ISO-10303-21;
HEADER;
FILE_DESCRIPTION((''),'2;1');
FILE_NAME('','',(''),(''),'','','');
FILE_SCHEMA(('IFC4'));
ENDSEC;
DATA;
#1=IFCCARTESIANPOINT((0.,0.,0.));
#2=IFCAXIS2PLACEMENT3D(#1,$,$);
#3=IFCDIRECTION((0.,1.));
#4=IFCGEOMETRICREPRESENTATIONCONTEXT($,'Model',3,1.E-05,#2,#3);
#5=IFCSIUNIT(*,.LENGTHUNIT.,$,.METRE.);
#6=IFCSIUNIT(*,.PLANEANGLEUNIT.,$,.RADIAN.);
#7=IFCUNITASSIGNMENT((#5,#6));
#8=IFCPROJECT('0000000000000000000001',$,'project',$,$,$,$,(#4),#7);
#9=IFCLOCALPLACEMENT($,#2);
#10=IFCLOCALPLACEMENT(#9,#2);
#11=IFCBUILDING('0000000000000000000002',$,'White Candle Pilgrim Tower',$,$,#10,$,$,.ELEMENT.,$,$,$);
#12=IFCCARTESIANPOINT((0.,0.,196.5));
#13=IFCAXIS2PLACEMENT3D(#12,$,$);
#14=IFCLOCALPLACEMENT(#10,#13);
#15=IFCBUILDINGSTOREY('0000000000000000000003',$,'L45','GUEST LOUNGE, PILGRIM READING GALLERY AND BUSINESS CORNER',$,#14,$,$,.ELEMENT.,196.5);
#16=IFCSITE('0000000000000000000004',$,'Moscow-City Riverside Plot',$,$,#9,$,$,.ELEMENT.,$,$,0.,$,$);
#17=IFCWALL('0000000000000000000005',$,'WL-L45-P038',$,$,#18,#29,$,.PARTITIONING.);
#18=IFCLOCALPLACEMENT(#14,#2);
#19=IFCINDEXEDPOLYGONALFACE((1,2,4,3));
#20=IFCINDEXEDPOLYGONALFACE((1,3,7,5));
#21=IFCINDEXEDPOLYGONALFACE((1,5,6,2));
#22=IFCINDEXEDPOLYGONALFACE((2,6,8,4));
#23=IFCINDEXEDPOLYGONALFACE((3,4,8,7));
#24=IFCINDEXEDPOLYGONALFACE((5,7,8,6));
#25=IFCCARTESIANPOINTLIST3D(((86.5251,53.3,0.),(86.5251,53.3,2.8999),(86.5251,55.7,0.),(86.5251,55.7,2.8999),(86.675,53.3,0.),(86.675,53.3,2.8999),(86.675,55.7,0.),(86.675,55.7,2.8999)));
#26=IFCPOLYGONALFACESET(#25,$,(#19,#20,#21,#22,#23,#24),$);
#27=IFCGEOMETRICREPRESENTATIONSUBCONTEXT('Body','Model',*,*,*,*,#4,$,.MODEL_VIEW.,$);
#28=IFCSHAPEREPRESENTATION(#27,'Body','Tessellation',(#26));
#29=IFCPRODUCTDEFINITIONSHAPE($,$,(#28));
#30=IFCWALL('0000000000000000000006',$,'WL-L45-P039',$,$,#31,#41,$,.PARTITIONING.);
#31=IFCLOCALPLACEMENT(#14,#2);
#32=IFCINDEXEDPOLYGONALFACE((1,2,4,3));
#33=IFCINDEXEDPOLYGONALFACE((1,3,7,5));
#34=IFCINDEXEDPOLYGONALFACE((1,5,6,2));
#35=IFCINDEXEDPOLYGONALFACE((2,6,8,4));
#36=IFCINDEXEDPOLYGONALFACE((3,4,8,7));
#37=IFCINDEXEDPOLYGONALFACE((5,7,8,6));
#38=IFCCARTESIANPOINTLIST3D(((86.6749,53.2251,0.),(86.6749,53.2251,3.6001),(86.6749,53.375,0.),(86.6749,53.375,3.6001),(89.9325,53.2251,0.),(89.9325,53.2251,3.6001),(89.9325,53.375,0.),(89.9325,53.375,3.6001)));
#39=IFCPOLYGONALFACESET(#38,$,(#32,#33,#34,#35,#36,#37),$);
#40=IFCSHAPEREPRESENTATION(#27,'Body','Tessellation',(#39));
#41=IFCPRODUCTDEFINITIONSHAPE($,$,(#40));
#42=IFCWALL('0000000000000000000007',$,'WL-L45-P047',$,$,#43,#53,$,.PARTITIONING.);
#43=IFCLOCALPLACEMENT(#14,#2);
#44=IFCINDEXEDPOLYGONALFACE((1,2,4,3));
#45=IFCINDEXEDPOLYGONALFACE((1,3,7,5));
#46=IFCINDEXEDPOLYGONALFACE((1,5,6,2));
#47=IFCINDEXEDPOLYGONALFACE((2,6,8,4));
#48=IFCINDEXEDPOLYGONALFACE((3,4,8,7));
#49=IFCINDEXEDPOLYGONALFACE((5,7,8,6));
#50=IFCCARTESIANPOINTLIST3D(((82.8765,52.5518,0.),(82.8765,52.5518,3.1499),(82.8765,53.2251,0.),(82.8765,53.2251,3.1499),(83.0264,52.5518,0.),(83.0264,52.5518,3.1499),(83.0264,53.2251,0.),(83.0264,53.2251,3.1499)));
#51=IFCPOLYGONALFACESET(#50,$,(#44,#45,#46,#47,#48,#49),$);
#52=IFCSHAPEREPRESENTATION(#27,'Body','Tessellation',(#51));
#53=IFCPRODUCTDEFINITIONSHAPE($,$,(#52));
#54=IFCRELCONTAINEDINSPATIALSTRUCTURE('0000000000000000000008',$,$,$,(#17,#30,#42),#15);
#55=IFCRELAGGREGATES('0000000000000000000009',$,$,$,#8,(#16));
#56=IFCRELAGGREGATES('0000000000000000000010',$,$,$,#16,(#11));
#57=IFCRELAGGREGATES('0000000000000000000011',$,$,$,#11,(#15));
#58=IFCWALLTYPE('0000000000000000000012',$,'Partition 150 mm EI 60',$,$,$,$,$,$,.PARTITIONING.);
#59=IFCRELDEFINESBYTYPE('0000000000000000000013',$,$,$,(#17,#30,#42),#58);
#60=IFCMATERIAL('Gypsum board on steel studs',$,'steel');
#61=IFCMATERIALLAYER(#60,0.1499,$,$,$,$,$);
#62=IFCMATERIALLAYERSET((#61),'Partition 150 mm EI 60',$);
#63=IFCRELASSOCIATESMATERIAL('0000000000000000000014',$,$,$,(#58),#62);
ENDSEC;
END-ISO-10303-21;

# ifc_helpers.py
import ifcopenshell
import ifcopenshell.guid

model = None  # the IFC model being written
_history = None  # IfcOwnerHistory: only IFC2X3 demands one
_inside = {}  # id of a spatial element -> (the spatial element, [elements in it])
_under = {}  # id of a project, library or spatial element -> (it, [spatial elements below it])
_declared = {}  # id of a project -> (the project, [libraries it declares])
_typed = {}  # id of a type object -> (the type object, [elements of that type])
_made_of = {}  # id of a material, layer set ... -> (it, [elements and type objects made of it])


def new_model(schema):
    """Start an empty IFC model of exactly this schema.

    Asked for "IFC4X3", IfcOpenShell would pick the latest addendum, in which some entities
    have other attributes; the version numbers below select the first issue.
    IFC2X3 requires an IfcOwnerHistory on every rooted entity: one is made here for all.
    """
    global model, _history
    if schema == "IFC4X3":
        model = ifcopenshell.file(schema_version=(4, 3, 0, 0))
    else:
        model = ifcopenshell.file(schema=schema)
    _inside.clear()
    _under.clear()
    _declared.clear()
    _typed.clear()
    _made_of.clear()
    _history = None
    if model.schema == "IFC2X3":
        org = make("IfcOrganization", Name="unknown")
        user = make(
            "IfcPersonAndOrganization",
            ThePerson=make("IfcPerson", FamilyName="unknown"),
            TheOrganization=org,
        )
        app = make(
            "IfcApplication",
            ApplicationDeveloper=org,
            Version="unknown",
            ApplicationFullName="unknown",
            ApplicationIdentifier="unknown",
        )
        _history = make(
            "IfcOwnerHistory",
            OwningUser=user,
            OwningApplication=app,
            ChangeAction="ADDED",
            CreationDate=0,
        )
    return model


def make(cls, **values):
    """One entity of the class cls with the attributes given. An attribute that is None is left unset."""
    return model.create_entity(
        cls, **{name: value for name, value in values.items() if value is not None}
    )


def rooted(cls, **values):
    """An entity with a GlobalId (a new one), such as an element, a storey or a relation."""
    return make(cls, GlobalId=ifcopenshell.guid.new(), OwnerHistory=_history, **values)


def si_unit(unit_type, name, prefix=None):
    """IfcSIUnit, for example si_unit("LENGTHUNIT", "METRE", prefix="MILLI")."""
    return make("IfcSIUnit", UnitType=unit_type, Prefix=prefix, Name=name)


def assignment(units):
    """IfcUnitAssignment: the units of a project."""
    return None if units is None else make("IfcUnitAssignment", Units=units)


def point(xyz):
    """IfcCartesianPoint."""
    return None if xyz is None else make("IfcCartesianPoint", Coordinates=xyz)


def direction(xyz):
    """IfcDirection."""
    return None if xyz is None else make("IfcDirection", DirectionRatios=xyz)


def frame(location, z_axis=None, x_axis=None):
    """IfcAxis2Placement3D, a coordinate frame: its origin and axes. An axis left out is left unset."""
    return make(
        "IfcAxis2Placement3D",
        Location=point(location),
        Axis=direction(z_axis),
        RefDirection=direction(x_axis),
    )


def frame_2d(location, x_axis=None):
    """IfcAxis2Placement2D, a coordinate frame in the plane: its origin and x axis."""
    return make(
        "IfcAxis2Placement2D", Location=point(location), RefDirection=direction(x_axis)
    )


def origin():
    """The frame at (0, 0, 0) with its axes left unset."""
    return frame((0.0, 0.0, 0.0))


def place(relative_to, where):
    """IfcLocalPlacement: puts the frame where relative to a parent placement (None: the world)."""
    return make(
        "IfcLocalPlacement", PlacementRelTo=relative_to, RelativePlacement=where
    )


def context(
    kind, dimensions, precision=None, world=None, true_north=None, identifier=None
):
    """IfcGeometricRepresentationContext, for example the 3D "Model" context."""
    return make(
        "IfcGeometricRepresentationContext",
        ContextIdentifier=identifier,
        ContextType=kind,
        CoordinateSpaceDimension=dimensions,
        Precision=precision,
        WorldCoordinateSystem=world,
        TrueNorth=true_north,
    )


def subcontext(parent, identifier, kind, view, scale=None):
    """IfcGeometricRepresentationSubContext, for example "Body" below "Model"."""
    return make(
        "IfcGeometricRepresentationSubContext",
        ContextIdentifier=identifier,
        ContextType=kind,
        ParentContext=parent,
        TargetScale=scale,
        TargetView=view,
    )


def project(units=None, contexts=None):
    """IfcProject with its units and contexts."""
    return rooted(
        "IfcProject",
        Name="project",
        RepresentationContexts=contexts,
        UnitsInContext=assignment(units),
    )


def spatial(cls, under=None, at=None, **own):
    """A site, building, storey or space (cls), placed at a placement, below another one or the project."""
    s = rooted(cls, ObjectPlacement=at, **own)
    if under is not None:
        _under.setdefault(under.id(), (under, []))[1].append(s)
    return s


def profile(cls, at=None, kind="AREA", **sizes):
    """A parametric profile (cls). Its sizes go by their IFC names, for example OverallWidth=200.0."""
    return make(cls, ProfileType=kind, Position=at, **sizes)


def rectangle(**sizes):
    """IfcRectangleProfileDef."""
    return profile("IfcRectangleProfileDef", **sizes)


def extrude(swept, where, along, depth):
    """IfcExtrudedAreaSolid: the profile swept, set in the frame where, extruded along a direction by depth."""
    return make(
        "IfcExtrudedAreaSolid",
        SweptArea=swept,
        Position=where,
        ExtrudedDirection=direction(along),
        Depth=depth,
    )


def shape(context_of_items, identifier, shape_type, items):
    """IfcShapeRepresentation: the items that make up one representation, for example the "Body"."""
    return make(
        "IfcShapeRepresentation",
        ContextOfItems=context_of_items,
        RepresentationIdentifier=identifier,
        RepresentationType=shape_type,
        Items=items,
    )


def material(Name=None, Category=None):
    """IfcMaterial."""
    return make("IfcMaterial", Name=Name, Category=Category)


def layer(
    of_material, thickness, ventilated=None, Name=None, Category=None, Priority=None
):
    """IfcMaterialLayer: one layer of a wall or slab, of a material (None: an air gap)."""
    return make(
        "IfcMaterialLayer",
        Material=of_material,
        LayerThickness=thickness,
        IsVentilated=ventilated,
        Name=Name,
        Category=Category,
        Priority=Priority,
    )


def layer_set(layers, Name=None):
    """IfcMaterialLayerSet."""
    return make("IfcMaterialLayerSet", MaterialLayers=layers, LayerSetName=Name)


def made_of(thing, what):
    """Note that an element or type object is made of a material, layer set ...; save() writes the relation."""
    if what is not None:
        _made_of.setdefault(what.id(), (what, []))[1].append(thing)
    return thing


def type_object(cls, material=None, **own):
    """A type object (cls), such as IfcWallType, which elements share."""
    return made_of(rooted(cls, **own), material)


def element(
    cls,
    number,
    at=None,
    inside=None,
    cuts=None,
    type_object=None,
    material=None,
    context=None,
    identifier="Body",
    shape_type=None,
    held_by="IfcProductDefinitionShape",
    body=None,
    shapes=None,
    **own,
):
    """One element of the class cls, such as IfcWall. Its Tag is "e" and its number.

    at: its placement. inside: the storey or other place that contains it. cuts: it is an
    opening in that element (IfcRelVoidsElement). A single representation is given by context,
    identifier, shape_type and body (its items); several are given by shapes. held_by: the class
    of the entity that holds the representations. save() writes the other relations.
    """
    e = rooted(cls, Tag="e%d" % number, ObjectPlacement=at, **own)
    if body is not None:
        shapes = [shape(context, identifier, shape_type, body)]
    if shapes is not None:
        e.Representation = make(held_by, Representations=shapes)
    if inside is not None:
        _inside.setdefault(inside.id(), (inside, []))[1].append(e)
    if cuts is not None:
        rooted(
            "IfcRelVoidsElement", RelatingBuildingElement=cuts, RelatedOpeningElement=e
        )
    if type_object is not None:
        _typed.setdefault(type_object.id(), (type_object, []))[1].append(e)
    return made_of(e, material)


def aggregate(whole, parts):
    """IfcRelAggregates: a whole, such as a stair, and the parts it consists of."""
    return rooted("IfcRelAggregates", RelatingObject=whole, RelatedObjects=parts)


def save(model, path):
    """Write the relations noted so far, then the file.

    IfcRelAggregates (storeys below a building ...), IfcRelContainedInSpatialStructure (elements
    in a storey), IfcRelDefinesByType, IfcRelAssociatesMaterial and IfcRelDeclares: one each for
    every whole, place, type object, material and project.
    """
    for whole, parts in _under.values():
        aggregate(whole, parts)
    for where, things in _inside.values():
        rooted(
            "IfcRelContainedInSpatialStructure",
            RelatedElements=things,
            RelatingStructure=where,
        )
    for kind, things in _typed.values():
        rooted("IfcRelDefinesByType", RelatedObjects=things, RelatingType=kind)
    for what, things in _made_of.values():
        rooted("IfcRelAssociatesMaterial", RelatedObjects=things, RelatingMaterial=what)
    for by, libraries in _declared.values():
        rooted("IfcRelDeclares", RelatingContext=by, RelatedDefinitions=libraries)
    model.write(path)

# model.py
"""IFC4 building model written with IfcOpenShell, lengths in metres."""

from ifc_helpers import new_model, si_unit, direction, frame, frame_2d, origin, place, context, subcontext, project, spatial, rectangle, extrude, material, layer, layer_set, type_object, element, save


model = new_model("IFC4")

# Units and contexts
model_context = context("Model", 3, precision=1e-05, world=origin(), true_north=direction((0.0, 1.0)))
body_context = subcontext(model_context, "Body", "Model", "MODEL_VIEW")
ifc_project = project(units=[si_unit("LENGTHUNIT", "METRE"), si_unit("PLANEANGLEUNIT", "RADIAN")], contexts=[model_context])

# Site, building, storey
site_placement = place(None, origin())
site = spatial("IfcSite", under=ifc_project, at=site_placement, Name="Moscow-City Riverside Plot", CompositionType="ELEMENT", RefElevation=0.0)
building_placement = place(site_placement, origin())
building = spatial("IfcBuilding", under=site, at=building_placement, Name="White Candle Pilgrim Tower", CompositionType="ELEMENT")
storey_placement = place(building_placement, frame((0.0, 0.0, 196.5)))
storey = spatial("IfcBuildingStorey", under=building, at=storey_placement, Name="L45", Description="GUEST LOUNGE, PILGRIM READING GALLERY AND BUSINESS CORNER", CompositionType="ELEMENT", Elevation=196.5)

# Shared definitions
ifc_material_1 = material(Name="Gypsum board on steel studs", Category="steel")

# Shared definitions
ifc_layer_1 = layer(ifc_material_1, 0.1499)
ifc_layer_set_1 = layer_set([ifc_layer_1], Name="Partition 150 mm EI 60")
wall_type_1 = type_object("IfcWallType", Name="Partition 150 mm EI 60", PredefinedType="PARTITIONING", material=ifc_layer_set_1)

# Walls
wall_1_placement = place(storey_placement, frame((86.6001, 55.7, 0.0), z_axis=(0.0, 0.0, 1.0), x_axis=(0.0, -1.0, 0.0)))
element("IfcWall", 1, at=wall_1_placement, inside=storey, type_object=wall_type_1, Name="WL-L45-P038", PredefinedType="PARTITIONING", context=body_context, shape_type="SweptSolid", body=[
    extrude(rectangle(XDim=2.3999, YDim=0.1499, at=frame_2d((1.2, 0.0))), origin(), (0.0, 0.0, 1.0), 2.8999),
])
wall_2_placement = place(storey_placement, frame((89.9326, 53.3, 0.0), z_axis=(0.0, 0.0, 1.0), x_axis=(-1.0, 0.0, 0.0)))
element("IfcWall", 2, at=wall_2_placement, inside=storey, type_object=wall_type_1, Name="WL-L45-P039", PredefinedType="PARTITIONING", context=body_context, shape_type="SweptSolid", body=[
    extrude(rectangle(XDim=3.2576, YDim=0.1499, at=frame_2d((1.6289, 0.0))), origin(), (0.0, 0.0, 1.0), 3.6001),
])
wall_3_placement = place(storey_placement, frame((82.9514, 52.5518, 0.0), z_axis=(0.0, 0.0, 1.0), x_axis=(0.0, 1.0, 0.0)))
element("IfcWall", 3, at=wall_3_placement, inside=storey, type_object=wall_type_1, Name="WL-L45-P047", PredefinedType="PARTITIONING", context=body_context, shape_type="SweptSolid", body=[
    extrude(rectangle(XDim=0.6733, YDim=0.1499, at=frame_2d((0.3367, 0.0))), origin(), (0.0, 0.0, 1.0), 3.1499),
])

save(model, "model.ifc")
